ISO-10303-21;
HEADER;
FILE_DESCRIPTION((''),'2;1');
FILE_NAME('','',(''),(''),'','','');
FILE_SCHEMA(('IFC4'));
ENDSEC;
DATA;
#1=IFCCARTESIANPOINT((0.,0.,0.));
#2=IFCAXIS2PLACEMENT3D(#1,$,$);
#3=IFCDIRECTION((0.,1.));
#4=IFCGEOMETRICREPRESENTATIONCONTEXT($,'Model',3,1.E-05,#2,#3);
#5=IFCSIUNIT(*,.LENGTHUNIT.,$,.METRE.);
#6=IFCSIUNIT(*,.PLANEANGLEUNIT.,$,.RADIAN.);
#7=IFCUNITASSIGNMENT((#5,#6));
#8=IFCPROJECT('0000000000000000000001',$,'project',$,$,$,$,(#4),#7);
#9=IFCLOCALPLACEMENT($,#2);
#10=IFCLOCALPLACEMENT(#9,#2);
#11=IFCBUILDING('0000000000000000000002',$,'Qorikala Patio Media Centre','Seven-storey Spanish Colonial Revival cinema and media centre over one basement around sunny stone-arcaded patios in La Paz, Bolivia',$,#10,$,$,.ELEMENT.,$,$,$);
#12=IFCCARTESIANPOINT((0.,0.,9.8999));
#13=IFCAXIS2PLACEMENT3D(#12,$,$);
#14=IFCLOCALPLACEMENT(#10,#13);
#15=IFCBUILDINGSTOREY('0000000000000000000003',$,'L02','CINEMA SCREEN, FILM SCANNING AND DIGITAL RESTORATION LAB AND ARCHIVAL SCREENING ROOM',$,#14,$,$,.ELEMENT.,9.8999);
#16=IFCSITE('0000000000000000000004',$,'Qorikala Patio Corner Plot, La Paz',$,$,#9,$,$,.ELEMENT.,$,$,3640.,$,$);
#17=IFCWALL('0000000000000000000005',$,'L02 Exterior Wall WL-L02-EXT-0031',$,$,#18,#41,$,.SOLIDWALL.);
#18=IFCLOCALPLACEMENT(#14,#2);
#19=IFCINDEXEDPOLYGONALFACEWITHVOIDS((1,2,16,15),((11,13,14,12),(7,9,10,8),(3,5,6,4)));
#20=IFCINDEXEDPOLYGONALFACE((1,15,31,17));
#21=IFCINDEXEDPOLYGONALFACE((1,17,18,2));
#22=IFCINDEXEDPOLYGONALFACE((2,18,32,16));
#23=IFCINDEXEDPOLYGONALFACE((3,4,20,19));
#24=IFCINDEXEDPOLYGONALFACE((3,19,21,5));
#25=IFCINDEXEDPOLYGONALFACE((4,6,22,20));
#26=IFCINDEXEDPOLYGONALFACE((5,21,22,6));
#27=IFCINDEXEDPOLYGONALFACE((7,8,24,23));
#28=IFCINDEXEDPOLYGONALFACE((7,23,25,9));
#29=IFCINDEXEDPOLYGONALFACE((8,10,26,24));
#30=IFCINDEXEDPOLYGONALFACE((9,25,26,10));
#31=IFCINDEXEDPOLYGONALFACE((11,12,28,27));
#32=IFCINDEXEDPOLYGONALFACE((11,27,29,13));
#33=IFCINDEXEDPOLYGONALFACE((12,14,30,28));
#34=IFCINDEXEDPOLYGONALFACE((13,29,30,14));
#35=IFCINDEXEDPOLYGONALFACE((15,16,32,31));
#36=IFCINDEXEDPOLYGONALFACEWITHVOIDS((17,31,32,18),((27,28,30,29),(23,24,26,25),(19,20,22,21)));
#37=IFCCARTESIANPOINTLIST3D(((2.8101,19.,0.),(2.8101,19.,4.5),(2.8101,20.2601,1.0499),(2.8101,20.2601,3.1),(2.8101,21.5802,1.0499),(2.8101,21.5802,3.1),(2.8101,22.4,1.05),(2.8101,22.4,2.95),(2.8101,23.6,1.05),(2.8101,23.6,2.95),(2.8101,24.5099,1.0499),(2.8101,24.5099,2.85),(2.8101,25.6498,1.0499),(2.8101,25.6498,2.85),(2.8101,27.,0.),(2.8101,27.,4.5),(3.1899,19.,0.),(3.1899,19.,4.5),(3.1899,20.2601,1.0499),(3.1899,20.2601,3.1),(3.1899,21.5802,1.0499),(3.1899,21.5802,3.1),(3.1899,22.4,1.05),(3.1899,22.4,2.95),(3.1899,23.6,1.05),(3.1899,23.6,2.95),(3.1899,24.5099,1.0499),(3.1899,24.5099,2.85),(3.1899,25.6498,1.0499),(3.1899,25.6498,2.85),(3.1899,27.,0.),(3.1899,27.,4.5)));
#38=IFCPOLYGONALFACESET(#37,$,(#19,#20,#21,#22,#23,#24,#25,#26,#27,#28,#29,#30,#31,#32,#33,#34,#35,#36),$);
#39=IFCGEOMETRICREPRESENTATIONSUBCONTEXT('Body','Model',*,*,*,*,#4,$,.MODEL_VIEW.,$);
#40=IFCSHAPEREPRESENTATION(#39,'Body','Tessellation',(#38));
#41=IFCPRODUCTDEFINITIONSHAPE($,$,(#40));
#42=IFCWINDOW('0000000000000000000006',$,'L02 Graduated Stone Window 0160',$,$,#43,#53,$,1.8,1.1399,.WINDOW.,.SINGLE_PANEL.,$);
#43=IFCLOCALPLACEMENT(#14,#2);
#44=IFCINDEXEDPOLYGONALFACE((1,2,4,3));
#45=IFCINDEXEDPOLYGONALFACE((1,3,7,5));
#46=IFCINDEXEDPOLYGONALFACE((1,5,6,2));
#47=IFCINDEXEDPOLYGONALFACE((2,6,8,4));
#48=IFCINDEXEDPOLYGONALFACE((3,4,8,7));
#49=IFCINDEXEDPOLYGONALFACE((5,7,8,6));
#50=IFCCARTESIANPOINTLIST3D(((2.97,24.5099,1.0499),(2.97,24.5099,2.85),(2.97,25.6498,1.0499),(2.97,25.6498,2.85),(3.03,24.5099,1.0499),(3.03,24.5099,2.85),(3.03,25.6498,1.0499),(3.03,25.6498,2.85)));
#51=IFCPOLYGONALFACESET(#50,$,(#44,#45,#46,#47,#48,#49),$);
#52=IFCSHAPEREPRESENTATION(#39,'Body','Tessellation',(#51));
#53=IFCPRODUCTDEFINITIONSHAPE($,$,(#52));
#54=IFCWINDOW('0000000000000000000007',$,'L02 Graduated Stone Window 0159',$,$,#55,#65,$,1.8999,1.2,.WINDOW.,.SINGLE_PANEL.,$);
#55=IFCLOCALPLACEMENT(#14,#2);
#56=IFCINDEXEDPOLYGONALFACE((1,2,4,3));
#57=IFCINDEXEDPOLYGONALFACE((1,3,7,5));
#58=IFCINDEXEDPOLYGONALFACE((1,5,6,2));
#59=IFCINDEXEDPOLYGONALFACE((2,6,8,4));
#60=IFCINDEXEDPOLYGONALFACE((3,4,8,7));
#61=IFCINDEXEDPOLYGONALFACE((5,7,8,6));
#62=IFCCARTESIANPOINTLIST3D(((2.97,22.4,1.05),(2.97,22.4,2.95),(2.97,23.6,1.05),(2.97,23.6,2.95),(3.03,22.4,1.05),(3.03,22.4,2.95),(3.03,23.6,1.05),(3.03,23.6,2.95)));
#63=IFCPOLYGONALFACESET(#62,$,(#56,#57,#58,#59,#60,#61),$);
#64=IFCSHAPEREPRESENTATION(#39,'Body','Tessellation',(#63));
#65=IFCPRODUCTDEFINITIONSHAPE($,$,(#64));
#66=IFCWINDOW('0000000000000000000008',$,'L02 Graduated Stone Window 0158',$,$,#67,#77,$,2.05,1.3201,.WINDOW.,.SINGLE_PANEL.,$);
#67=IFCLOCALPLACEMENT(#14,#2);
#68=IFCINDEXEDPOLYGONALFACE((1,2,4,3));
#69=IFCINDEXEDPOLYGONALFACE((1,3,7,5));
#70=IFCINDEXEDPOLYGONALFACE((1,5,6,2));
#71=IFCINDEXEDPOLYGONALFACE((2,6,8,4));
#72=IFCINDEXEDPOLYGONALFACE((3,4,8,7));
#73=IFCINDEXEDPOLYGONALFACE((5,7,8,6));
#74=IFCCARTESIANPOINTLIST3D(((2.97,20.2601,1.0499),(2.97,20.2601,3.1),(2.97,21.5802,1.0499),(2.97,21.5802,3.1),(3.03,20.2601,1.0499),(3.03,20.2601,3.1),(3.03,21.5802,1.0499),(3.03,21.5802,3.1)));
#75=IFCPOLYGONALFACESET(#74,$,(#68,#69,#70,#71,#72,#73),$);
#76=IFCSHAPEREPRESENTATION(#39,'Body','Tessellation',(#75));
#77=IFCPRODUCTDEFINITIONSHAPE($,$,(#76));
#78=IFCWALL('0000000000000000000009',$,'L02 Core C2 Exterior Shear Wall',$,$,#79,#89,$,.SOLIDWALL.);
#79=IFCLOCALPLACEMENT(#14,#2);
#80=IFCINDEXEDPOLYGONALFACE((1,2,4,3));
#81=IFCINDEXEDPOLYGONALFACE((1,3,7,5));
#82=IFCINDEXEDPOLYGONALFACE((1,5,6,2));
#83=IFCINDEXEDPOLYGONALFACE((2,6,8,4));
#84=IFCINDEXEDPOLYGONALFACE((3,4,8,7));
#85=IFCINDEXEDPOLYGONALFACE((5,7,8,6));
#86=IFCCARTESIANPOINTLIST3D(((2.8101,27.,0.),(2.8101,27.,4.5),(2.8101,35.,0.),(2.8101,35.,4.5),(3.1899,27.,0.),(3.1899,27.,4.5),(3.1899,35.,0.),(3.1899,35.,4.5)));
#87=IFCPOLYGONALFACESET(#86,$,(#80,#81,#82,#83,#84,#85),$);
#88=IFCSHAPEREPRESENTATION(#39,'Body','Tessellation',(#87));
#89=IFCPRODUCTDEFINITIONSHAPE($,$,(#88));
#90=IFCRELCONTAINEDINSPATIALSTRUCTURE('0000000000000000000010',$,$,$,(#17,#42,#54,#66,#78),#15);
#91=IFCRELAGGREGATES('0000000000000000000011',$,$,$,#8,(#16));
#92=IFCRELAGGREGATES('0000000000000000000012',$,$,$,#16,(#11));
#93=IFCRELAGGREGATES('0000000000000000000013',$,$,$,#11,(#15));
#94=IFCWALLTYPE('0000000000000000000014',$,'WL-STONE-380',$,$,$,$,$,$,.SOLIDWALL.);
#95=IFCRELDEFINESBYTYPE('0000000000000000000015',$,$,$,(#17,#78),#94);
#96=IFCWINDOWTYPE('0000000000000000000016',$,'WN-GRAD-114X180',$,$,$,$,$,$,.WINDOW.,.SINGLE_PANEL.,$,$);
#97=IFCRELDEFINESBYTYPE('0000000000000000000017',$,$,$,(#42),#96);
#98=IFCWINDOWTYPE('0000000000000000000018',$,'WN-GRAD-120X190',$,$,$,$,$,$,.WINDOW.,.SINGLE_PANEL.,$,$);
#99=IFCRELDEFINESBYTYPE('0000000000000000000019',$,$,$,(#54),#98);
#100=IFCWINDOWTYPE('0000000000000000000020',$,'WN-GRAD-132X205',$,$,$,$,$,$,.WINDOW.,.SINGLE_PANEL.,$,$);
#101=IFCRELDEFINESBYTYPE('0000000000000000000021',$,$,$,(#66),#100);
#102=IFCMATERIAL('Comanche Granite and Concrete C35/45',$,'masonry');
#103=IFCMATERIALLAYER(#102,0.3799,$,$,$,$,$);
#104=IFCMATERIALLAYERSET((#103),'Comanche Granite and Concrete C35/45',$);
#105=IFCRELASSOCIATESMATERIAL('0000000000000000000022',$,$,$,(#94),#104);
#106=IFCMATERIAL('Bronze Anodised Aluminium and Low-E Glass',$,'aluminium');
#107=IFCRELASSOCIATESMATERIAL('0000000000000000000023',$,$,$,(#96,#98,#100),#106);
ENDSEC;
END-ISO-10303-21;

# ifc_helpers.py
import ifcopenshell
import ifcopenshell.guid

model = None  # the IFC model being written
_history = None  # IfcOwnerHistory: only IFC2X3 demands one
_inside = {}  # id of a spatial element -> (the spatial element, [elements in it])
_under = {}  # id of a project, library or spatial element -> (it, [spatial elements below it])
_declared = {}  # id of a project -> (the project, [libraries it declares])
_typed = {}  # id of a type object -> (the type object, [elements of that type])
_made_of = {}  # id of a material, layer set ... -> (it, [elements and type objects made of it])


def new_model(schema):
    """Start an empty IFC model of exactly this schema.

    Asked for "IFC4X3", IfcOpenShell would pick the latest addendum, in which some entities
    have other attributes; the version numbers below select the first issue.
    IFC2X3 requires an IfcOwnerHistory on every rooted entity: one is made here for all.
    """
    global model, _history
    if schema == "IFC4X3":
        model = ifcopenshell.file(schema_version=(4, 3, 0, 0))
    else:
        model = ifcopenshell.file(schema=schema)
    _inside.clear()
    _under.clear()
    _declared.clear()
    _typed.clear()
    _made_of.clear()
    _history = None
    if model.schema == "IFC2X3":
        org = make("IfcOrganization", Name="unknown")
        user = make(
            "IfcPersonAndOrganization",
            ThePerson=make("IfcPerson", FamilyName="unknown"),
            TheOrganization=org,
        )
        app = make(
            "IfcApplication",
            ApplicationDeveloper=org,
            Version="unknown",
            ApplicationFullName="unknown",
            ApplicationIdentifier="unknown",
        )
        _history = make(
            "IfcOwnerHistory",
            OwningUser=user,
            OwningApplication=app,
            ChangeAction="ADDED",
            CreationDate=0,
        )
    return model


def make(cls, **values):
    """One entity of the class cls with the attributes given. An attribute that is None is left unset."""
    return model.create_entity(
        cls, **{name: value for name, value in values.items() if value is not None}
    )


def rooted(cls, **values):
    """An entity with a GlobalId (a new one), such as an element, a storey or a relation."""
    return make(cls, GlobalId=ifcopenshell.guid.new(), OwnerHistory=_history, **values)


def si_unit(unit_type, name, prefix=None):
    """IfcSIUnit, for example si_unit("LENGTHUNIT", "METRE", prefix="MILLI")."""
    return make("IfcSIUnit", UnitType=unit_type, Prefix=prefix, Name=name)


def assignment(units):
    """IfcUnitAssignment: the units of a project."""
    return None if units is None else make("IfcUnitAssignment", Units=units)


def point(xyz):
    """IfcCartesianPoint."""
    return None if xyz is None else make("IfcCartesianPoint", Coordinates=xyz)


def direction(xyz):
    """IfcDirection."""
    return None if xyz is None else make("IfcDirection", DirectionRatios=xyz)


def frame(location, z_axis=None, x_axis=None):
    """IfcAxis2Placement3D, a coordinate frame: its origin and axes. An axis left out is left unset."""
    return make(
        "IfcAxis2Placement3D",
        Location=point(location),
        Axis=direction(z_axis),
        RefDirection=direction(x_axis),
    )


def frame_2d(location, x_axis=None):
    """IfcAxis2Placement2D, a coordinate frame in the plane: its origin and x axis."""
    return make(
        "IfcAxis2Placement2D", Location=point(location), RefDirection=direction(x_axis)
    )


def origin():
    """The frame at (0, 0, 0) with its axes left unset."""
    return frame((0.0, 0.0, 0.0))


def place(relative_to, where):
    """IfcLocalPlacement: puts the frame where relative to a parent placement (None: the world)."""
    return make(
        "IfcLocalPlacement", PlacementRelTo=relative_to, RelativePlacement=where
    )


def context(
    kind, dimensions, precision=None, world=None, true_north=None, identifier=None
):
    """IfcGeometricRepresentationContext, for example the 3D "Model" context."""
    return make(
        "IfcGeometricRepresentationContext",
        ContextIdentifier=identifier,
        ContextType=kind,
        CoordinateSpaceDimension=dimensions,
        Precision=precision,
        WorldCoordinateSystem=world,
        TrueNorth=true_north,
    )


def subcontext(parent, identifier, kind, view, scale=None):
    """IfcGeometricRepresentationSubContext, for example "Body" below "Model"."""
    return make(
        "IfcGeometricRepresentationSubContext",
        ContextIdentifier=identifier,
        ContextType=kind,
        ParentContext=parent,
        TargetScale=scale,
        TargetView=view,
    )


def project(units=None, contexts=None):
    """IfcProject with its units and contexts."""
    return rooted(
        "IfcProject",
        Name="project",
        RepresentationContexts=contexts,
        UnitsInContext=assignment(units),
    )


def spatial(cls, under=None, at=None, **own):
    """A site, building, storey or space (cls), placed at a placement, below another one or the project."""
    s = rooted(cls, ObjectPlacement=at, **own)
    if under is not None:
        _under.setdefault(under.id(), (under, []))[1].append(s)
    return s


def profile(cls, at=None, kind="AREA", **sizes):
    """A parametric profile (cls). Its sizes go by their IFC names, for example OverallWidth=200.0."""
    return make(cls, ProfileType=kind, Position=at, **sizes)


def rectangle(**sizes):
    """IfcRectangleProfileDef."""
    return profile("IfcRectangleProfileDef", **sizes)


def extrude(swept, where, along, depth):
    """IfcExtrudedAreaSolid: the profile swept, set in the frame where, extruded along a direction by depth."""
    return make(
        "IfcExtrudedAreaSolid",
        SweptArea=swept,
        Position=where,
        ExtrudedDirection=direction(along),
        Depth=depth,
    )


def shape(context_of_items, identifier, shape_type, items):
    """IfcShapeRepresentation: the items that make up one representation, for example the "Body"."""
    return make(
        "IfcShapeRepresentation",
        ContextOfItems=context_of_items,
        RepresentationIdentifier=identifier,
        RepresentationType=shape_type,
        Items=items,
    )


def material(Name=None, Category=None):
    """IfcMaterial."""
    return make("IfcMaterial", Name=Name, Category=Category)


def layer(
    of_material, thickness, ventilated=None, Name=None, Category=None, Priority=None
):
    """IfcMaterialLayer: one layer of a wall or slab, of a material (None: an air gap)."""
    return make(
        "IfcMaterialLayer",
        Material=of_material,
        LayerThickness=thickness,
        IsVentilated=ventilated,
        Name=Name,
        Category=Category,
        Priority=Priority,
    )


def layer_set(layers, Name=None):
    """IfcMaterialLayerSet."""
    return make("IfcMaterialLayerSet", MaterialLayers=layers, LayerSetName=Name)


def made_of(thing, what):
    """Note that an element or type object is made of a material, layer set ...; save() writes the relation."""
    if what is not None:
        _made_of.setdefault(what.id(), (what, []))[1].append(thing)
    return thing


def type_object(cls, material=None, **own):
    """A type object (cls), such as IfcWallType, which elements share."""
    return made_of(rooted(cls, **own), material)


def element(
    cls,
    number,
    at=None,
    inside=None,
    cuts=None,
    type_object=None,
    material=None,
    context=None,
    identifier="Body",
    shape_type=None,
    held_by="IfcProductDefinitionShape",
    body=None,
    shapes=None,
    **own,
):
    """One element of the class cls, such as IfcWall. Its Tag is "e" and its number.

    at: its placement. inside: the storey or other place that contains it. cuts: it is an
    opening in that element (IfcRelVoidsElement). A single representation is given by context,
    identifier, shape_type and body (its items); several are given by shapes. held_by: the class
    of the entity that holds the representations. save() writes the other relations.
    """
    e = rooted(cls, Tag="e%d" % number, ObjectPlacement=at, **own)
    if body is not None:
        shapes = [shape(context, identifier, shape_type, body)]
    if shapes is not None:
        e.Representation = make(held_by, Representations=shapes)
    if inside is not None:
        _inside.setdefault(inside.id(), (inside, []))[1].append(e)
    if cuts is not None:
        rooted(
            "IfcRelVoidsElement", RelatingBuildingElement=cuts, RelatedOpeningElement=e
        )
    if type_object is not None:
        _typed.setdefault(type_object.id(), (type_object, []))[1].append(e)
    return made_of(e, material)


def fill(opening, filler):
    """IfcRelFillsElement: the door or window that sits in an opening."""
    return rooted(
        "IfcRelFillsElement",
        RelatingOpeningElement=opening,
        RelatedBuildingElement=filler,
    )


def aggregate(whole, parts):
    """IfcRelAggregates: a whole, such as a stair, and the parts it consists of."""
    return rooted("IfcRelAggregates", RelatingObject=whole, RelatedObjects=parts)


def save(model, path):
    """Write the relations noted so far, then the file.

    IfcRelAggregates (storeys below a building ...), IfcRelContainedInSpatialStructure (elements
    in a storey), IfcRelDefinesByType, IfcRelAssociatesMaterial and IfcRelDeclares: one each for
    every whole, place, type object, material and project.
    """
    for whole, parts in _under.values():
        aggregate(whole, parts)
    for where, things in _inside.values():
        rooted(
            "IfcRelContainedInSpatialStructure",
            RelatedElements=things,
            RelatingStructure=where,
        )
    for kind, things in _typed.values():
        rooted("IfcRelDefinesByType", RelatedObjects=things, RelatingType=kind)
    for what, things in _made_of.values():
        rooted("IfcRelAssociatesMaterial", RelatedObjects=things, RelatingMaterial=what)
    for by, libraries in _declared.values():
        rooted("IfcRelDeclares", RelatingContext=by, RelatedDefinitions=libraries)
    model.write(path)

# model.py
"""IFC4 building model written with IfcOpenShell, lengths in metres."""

from ifc_helpers import new_model, si_unit, direction, frame, frame_2d, origin, place, context, subcontext, project, spatial, rectangle, extrude, material, layer, layer_set, type_object, element, fill, save


model = new_model("IFC4")

# Units and contexts
model_context = context("Model", 3, precision=1e-05, world=origin(), true_north=direction((0.0, 1.0)))
body_context = subcontext(model_context, "Body", "Model", "MODEL_VIEW")
ifc_project = project(units=[si_unit("LENGTHUNIT", "METRE"), si_unit("PLANEANGLEUNIT", "RADIAN")], contexts=[model_context])

# Site, building, storey
site_placement = place(None, origin())
site = spatial("IfcSite", under=ifc_project, at=site_placement, Name="Qorikala Patio Corner Plot, La Paz", CompositionType="ELEMENT", RefElevation=3640.0)
building_placement = place(site_placement, origin())
building = spatial("IfcBuilding", under=site, at=building_placement, Name="Qorikala Patio Media Centre", Description="Seven-storey Spanish Colonial Revival cinema and media centre over one basement around sunny stone-arcaded patios in La Paz, Bolivia", CompositionType="ELEMENT")
storey_placement = place(building_placement, frame((0.0, 0.0, 9.8999)))
storey = spatial("IfcBuildingStorey", under=building, at=storey_placement, Name="L02", Description="CINEMA SCREEN, FILM SCANNING AND DIGITAL RESTORATION LAB AND ARCHIVAL SCREENING ROOM", CompositionType="ELEMENT", Elevation=9.8999)

# Wall, openings, windows
ifc_material_1 = material(Name="Comanche Granite and Concrete C35/45", Category="masonry")
ifc_layer_1 = layer(ifc_material_1, 0.3799)
ifc_layer_set_1 = layer_set([ifc_layer_1], Name="Comanche Granite and Concrete C35/45")
wall_type_1 = type_object("IfcWallType", Name="WL-STONE-380", PredefinedType="SOLIDWALL", material=ifc_layer_set_1)
wall_1_placement = place(storey_placement, frame((3.0, 19.0, 0.0), z_axis=(0.0, 0.0, 1.0), x_axis=(0.0, 1.0, 0.0)))
wall_1 = element("IfcWall", 1, at=wall_1_placement, inside=storey, type_object=wall_type_1, Name="L02 Exterior Wall WL-L02-EXT-0031", PredefinedType="SOLIDWALL", context=body_context, shape_type="SweptSolid", body=[
    extrude(rectangle(XDim=8.0, YDim=0.3799, at=frame_2d((4.0, 0.0))), origin(), (0.0, 0.0, 1.0), 4.5),
])
opening_1_placement = place(wall_1_placement, frame((1.26, 0.0, 1.05)))
opening_1 = element("IfcOpeningElement", 2, at=opening_1_placement, cuts=wall_1, PredefinedType="OPENING", context=body_context, shape_type="SweptSolid", body=[
    extrude(rectangle(XDim=1.3201, YDim=2.05, at=frame_2d((0.6602, 1.0249))), frame((0.0, 0.2, 0.0), z_axis=(0.0, -1.0, 0.0), x_axis=(1.0, 0.0, 0.0)), (0.0, 0.0, 1.0), 0.3999),
])
opening_2_placement = place(wall_1_placement, frame((3.3999, 0.0, 1.05)))
opening_2 = element("IfcOpeningElement", 3, at=opening_2_placement, cuts=wall_1, PredefinedType="OPENING", context=body_context, shape_type="SweptSolid", body=[
    extrude(rectangle(XDim=1.2, YDim=1.8999, at=frame_2d((0.6001, 0.95))), frame((0.0, 0.2, 0.0), z_axis=(0.0, -1.0, 0.0), x_axis=(1.0, 0.0, 0.0)), (0.0, 0.0, 1.0), 0.3999),
])
opening_3_placement = place(wall_1_placement, frame((5.51, 0.0, 1.05)))
opening_3 = element("IfcOpeningElement", 4, at=opening_3_placement, cuts=wall_1, PredefinedType="OPENING", context=body_context, shape_type="SweptSolid", body=[
    extrude(rectangle(XDim=1.1399, YDim=1.8, at=frame_2d((0.5698, 0.8999))), frame((0.0, 0.2, 0.0), z_axis=(0.0, -1.0, 0.0), x_axis=(1.0, 0.0, 0.0)), (0.0, 0.0, 1.0), 0.3999),
])
ifc_material_2 = material(Name="Bronze Anodised Aluminium and Low-E Glass", Category="aluminium")
window_type_1 = type_object("IfcWindowType", Name="WN-GRAD-114X180", PartitioningType="SINGLE_PANEL", PredefinedType="WINDOW", material=ifc_material_2)
window_1_placement = place(opening_3_placement, origin())
window_1 = element("IfcWindow", 5, at=window_1_placement, inside=storey, type_object=window_type_1, Name="L02 Graduated Stone Window 0160", OverallHeight=1.8, OverallWidth=1.1399, PartitioningType="SINGLE_PANEL", PredefinedType="WINDOW", context=body_context, shape_type="SweptSolid", body=[
    extrude(rectangle(XDim=1.1399, YDim=1.8, at=frame_2d((0.5698, 0.8999))), frame((0.0, 0.03, 0.0), z_axis=(0.0, -1.0, 0.0), x_axis=(1.0, 0.0, 0.0)), (0.0, 0.0, 1.0), 0.0601),
])
fill(opening_3, window_1)
window_type_2 = type_object("IfcWindowType", Name="WN-GRAD-120X190", PartitioningType="SINGLE_PANEL", PredefinedType="WINDOW", material=ifc_material_2)
window_2_placement = place(opening_2_placement, origin())
window_2 = element("IfcWindow", 6, at=window_2_placement, inside=storey, type_object=window_type_2, Name="L02 Graduated Stone Window 0159", OverallHeight=1.8999, OverallWidth=1.2, PartitioningType="SINGLE_PANEL", PredefinedType="WINDOW", context=body_context, shape_type="SweptSolid", body=[
    extrude(rectangle(XDim=1.2, YDim=1.8999, at=frame_2d((0.6001, 0.95))), frame((0.0, 0.03, 0.0), z_axis=(0.0, -1.0, 0.0), x_axis=(1.0, 0.0, 0.0)), (0.0, 0.0, 1.0), 0.0601),
])
fill(opening_2, window_2)
window_type_3 = type_object("IfcWindowType", Name="WN-GRAD-132X205", PartitioningType="SINGLE_PANEL", PredefinedType="WINDOW", material=ifc_material_2)
window_3_placement = place(opening_1_placement, origin())
window_3 = element("IfcWindow", 7, at=window_3_placement, inside=storey, type_object=window_type_3, Name="L02 Graduated Stone Window 0158", OverallHeight=2.05, OverallWidth=1.3201, PartitioningType="SINGLE_PANEL", PredefinedType="WINDOW", context=body_context, shape_type="SweptSolid", body=[
    extrude(rectangle(XDim=1.3201, YDim=2.05, at=frame_2d((0.6602, 1.0249))), frame((0.0, 0.03, 0.0), z_axis=(0.0, -1.0, 0.0), x_axis=(1.0, 0.0, 0.0)), (0.0, 0.0, 1.0), 0.0601),
])
fill(opening_1, window_3)

# Wall
wall_2_placement = place(storey_placement, frame((3.0, 27.0, 0.0), z_axis=(0.0, 0.0, 1.0), x_axis=(0.0, 1.0, 0.0)))
element("IfcWall", 8, at=wall_2_placement, inside=storey, type_object=wall_type_1, Name="L02 Core C2 Exterior Shear Wall", PredefinedType="SOLIDWALL", context=body_context, shape_type="SweptSolid", body=[
    extrude(rectangle(XDim=8.0, YDim=0.3799, at=frame_2d((4.0, 0.0))), origin(), (0.0, 0.0, 1.0), 4.5),
])

save(model, "model.ifc")
